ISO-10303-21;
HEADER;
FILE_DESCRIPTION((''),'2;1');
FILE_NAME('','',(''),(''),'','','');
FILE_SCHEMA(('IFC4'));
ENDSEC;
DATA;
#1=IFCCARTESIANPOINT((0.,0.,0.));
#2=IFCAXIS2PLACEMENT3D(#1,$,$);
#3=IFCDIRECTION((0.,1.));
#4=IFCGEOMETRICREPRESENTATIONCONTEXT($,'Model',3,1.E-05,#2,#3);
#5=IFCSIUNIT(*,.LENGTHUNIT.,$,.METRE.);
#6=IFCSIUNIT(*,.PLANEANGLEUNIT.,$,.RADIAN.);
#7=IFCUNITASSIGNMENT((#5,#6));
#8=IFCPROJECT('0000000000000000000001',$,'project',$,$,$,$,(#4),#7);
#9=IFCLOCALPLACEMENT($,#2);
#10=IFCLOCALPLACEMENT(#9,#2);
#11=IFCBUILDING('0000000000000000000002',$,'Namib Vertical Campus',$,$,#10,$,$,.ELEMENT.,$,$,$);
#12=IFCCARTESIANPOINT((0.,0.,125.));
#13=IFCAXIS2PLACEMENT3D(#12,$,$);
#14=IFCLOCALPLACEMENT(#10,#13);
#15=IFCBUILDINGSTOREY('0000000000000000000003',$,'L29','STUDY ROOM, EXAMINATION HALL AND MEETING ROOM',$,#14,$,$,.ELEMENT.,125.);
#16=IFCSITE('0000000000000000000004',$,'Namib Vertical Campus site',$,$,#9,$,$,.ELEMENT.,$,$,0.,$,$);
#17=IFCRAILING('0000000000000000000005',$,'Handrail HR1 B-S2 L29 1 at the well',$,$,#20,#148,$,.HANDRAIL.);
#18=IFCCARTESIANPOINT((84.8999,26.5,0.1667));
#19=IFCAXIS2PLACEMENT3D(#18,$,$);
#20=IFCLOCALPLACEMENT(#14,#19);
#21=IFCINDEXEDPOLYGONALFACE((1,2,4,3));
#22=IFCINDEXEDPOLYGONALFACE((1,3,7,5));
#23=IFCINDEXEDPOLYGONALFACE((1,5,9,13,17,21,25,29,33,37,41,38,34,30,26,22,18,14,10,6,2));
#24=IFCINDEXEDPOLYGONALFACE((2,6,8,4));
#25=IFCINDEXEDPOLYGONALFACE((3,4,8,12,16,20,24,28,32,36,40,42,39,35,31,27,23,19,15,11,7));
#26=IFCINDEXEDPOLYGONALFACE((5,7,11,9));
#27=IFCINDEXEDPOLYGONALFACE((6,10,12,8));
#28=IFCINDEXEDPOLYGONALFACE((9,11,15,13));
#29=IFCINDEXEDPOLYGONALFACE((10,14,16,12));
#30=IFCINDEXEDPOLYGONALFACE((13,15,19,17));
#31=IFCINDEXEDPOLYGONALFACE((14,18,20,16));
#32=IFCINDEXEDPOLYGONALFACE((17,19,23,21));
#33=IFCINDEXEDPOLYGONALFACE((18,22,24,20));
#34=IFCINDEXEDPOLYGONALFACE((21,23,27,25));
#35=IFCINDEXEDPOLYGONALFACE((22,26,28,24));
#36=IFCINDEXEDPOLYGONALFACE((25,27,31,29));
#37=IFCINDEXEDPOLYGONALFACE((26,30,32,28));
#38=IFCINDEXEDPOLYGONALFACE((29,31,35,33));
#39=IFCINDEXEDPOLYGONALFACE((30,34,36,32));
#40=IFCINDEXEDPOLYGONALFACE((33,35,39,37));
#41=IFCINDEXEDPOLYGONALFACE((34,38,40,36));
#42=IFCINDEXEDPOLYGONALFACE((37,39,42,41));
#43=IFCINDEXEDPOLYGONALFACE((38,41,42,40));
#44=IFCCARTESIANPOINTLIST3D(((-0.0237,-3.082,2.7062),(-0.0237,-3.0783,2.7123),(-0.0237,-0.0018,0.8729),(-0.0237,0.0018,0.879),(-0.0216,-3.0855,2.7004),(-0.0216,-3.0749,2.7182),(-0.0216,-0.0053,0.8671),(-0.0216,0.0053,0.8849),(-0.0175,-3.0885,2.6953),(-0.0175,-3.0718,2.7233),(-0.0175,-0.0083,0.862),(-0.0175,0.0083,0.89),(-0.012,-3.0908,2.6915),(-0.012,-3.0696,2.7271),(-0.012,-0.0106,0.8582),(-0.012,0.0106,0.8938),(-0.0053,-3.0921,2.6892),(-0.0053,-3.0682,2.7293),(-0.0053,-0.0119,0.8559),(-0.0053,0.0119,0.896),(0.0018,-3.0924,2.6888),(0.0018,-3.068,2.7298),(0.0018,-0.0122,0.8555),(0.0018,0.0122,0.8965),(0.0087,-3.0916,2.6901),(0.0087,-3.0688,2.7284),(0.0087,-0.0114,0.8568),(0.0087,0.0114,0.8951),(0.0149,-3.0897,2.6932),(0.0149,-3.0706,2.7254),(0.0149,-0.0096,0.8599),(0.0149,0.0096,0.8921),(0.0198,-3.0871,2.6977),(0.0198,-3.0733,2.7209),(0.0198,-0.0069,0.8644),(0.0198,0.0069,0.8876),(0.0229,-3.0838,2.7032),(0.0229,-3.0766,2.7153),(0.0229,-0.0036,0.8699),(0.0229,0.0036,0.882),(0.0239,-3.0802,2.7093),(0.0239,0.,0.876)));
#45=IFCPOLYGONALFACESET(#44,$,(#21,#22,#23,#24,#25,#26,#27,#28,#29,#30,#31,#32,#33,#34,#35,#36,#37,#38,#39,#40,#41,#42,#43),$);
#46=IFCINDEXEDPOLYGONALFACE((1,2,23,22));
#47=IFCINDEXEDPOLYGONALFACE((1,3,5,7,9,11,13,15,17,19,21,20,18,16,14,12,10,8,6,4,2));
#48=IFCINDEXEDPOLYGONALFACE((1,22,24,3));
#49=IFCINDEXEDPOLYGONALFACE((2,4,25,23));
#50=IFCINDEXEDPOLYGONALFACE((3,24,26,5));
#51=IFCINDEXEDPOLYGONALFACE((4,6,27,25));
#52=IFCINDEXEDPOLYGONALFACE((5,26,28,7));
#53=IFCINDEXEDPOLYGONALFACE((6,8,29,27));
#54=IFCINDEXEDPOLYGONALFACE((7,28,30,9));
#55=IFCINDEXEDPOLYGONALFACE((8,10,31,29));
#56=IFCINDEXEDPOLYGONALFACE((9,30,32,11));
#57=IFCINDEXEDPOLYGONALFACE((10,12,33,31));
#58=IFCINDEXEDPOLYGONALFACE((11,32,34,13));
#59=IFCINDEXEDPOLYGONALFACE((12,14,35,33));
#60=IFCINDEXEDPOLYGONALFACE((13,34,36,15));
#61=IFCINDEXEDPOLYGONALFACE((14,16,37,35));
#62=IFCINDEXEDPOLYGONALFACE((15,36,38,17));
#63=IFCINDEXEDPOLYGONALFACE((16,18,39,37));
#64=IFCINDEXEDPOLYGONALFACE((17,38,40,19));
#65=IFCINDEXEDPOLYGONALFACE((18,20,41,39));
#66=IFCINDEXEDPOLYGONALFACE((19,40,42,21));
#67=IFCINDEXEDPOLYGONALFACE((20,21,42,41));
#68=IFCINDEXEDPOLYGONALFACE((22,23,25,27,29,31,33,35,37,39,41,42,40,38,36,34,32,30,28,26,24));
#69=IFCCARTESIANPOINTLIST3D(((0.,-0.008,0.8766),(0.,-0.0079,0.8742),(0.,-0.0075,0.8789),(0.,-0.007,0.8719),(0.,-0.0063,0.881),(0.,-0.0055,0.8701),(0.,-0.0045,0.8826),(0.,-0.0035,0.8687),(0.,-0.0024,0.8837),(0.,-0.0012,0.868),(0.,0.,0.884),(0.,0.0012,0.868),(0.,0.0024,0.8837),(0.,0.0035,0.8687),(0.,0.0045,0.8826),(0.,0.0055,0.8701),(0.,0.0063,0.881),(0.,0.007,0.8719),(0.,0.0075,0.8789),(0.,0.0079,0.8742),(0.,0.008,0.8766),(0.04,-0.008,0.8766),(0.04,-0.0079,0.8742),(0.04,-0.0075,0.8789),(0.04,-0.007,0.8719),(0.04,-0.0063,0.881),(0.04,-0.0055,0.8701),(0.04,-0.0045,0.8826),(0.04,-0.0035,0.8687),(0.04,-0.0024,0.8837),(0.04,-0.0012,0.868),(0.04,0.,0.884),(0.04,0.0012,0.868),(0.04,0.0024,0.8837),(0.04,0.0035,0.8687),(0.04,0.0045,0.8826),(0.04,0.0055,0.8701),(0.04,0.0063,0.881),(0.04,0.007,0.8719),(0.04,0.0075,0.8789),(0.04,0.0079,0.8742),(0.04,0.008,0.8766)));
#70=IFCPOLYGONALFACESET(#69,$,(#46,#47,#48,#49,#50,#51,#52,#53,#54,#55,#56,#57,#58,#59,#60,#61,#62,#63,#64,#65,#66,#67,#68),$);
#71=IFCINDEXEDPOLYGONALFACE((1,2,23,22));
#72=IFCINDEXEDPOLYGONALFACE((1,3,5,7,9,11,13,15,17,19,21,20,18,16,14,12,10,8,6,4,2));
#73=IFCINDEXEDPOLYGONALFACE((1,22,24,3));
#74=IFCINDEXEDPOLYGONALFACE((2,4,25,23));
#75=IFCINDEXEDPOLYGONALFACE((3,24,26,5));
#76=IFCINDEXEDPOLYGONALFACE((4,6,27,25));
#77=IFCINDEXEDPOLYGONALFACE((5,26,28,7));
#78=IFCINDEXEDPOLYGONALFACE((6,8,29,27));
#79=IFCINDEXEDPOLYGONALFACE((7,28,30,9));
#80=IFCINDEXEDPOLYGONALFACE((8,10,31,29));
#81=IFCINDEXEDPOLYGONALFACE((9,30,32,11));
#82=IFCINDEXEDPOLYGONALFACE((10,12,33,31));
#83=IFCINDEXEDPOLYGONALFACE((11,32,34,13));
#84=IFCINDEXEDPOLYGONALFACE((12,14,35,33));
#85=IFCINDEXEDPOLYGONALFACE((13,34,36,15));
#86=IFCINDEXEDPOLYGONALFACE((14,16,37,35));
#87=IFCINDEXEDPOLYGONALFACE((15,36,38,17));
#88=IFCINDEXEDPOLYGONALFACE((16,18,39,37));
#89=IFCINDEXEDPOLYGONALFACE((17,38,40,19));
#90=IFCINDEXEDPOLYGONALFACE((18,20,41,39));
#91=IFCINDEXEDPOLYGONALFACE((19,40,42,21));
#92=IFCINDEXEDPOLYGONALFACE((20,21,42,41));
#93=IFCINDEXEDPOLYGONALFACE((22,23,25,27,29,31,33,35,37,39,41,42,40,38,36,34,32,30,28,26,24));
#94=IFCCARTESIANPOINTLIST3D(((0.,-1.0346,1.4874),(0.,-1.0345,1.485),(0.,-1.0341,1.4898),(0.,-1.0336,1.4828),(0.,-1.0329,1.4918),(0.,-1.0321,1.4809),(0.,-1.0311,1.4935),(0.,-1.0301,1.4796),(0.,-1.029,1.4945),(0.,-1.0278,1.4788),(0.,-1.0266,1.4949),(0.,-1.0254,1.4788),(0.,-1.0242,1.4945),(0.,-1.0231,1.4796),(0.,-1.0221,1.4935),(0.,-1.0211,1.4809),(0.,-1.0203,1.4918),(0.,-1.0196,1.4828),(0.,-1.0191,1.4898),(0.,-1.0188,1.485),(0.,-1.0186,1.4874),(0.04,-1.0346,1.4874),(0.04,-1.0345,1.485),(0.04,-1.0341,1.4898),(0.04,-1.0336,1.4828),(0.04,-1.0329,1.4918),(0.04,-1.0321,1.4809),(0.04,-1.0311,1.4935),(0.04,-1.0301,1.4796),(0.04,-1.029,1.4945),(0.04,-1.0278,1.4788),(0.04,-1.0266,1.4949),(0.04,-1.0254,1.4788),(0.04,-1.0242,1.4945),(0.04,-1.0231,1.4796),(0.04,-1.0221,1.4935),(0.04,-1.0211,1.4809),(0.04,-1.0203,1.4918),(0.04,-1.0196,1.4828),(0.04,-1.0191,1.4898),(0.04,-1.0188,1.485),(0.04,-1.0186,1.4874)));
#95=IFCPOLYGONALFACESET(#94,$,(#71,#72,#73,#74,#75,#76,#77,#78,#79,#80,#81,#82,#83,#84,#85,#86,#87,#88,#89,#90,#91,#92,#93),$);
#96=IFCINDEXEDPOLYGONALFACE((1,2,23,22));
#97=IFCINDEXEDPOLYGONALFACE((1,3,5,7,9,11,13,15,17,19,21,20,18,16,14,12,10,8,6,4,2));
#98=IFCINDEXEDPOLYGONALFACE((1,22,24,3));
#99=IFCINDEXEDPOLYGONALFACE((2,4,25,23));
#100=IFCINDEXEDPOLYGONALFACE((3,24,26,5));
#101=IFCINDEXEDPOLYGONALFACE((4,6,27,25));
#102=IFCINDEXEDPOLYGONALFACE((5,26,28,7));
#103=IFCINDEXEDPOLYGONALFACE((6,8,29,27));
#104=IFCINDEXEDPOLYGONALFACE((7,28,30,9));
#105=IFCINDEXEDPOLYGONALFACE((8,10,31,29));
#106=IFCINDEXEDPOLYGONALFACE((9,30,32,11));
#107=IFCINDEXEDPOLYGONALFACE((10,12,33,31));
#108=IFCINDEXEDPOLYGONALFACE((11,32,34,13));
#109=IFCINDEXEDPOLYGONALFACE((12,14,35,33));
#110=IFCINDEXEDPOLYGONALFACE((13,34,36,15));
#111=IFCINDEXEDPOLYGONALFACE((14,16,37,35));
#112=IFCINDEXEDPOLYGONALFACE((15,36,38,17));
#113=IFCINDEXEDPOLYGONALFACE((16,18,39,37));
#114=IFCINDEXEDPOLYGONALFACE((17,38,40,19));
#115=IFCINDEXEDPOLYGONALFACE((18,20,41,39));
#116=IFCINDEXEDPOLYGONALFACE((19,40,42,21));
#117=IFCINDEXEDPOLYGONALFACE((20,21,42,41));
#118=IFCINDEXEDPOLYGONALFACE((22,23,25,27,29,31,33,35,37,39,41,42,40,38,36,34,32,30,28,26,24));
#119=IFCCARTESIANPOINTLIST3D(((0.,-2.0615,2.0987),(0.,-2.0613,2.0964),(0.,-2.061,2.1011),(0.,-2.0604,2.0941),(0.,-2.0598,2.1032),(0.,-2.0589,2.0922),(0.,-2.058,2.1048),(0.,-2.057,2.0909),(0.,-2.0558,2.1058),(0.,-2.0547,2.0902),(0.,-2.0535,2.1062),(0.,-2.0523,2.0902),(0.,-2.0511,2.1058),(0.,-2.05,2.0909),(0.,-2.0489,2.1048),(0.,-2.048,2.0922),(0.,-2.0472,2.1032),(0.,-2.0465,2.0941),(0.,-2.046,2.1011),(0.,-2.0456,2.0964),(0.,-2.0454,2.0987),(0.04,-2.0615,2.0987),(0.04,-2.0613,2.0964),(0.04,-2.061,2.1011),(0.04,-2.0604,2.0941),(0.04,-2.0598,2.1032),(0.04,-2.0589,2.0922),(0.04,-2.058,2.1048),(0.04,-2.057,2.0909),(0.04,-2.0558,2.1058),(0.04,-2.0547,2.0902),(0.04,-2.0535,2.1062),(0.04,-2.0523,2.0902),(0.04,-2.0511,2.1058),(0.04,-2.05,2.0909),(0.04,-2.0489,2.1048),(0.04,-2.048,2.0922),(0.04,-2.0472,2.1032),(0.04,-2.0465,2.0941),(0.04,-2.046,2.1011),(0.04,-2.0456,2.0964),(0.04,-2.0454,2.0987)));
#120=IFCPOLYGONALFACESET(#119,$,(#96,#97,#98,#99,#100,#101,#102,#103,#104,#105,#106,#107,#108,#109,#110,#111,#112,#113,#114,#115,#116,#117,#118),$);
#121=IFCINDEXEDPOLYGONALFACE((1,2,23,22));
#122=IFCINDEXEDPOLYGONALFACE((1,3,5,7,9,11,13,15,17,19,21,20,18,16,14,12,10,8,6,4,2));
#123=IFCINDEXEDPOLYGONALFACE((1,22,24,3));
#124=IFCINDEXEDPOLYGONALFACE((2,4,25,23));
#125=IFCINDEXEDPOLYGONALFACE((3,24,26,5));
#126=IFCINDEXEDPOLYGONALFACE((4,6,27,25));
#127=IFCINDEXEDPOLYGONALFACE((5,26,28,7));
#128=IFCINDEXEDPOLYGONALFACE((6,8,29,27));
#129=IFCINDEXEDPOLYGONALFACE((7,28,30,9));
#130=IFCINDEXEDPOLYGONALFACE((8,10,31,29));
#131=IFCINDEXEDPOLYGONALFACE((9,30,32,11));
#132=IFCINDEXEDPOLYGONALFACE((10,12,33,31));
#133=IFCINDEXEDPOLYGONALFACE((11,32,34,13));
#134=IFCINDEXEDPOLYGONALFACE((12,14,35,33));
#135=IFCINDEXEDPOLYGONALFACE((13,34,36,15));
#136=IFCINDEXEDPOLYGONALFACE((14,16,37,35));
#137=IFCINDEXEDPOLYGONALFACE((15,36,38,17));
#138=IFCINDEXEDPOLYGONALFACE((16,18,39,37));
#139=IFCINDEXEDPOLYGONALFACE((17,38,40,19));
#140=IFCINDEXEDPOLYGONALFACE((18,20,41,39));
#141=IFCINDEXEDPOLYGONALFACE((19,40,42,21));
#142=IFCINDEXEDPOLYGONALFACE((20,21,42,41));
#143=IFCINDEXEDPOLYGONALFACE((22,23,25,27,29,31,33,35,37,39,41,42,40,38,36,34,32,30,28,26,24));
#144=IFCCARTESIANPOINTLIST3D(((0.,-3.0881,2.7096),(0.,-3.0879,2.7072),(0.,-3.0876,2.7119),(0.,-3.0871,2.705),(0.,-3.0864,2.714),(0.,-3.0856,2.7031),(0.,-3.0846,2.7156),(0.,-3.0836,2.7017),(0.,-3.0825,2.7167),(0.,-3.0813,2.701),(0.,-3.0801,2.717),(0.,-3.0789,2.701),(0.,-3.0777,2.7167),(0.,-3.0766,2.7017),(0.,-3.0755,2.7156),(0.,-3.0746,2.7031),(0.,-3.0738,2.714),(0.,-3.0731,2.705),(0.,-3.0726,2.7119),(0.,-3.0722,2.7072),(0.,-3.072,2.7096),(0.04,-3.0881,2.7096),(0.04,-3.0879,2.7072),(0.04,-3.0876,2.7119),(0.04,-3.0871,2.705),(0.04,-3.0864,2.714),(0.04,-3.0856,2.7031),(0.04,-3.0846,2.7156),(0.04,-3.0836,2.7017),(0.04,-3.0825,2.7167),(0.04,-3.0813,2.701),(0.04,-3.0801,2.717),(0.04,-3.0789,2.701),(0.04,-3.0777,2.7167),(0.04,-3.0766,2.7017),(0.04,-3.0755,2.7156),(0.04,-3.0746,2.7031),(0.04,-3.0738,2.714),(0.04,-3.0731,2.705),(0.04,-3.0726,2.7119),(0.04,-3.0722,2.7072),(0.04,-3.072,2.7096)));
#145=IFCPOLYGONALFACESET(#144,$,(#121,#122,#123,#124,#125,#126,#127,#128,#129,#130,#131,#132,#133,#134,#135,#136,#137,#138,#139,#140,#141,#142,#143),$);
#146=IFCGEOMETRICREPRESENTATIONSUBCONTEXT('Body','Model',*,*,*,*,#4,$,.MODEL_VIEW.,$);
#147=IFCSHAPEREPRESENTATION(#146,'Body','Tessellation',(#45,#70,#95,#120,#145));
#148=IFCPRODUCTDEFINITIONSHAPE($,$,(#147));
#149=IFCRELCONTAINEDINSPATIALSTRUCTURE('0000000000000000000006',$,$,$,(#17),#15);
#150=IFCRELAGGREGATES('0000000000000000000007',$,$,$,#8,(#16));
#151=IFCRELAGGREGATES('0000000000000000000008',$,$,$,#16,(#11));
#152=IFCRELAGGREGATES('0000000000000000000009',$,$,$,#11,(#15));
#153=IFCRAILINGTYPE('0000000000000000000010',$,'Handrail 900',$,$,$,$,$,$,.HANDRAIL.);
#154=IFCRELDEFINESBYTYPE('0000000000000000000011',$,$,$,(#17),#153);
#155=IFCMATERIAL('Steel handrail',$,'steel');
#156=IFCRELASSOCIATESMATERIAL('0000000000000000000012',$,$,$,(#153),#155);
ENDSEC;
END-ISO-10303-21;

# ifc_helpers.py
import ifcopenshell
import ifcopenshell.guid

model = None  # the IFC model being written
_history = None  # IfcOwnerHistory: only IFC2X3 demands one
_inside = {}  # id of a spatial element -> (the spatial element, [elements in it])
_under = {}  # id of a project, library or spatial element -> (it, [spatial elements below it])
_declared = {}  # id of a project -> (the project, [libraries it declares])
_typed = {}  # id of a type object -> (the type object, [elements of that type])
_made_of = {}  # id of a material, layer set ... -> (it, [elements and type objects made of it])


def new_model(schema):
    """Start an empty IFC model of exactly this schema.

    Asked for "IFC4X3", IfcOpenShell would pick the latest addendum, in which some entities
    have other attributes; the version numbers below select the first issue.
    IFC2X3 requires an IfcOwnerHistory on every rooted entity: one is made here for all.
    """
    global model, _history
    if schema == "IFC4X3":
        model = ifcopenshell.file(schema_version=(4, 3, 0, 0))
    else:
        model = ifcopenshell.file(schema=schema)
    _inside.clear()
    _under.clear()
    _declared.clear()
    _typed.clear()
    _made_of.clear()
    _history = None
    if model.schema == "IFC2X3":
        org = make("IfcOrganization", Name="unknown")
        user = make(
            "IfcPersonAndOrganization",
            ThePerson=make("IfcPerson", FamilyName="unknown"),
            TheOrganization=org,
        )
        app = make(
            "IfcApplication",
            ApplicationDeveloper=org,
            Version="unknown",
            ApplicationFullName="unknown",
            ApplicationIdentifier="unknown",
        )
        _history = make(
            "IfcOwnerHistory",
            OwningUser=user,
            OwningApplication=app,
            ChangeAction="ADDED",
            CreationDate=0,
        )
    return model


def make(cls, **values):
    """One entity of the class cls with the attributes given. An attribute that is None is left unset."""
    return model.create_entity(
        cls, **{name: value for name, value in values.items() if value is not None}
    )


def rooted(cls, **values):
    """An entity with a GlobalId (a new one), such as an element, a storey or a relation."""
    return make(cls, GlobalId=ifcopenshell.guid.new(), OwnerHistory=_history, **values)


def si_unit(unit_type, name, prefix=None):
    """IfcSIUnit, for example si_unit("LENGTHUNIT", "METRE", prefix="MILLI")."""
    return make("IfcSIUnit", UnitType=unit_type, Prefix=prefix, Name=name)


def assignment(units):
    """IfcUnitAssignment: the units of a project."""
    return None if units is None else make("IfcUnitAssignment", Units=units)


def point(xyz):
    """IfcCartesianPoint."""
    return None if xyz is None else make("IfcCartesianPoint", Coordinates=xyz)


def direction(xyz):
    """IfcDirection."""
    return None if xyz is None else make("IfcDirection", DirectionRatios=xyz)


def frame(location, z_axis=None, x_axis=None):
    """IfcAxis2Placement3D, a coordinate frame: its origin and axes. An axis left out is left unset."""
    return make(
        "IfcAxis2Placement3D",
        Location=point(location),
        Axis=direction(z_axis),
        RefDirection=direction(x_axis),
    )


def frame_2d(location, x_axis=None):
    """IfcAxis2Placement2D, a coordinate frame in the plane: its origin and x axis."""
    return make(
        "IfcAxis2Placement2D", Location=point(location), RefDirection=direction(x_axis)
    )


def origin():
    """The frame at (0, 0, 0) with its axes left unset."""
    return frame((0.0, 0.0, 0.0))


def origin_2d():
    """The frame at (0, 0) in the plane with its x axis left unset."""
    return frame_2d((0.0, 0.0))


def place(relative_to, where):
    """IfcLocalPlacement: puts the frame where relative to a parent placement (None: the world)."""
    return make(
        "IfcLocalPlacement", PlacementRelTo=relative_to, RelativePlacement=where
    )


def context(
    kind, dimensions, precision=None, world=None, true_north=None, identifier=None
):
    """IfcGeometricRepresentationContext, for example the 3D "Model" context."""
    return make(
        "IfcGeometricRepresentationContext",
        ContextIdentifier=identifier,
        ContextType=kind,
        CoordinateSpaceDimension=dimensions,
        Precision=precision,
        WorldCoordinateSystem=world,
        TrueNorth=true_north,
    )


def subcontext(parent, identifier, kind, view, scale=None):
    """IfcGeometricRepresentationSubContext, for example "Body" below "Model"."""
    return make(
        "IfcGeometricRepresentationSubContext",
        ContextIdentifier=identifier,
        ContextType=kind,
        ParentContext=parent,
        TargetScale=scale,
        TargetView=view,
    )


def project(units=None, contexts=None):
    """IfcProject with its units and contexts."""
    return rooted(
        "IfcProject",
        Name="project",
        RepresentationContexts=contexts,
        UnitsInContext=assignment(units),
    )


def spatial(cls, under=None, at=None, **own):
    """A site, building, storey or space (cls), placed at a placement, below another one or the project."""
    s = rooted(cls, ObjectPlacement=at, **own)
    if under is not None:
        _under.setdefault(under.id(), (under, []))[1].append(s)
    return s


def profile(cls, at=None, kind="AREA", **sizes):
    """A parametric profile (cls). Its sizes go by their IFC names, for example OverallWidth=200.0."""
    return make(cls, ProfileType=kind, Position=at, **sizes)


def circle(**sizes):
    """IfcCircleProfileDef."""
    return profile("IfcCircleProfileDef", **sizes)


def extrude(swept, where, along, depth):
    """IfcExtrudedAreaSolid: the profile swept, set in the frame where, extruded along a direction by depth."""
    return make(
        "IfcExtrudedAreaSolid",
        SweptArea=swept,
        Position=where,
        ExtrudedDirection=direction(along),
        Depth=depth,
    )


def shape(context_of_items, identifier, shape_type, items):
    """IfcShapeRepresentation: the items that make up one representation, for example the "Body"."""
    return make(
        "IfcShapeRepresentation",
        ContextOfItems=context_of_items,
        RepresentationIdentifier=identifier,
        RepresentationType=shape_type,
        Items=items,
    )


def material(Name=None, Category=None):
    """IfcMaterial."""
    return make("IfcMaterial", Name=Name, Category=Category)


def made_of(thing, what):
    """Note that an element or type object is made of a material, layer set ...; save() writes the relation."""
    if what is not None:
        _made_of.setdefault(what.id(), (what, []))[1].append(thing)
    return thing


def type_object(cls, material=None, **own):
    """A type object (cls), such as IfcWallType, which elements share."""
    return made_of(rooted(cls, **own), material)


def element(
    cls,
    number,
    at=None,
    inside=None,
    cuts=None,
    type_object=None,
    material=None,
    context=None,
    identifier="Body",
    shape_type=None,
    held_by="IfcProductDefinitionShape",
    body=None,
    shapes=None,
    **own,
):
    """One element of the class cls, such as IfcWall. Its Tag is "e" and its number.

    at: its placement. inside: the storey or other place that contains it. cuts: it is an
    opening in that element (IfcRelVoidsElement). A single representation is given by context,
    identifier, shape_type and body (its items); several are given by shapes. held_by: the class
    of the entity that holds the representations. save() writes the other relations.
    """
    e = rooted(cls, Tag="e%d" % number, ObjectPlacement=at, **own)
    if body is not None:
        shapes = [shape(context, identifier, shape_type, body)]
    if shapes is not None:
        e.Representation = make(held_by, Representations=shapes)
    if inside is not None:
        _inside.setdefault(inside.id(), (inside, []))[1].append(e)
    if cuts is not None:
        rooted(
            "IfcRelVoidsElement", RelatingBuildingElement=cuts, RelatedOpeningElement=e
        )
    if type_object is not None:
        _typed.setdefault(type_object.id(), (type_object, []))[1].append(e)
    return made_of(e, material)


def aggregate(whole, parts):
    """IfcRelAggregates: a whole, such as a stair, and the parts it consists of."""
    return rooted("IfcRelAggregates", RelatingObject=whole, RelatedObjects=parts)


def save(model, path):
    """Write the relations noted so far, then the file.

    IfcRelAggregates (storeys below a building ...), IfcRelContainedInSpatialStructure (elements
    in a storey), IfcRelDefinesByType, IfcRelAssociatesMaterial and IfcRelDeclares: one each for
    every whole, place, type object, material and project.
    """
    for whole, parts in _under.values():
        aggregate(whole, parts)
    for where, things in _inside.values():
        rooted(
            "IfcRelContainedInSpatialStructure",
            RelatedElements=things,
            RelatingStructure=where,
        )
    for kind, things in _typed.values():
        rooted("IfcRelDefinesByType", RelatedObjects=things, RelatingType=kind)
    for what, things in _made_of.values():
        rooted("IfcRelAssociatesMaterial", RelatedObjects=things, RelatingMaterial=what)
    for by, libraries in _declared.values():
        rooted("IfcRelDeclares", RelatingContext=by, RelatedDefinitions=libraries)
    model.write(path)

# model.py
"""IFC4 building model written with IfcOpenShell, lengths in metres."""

from ifc_helpers import new_model, si_unit, direction, frame, origin, origin_2d, place, context, subcontext, project, spatial, circle, extrude, material, type_object, element, save


model = new_model("IFC4")

# Units and contexts
model_context = context("Model", 3, precision=1e-05, world=origin(), true_north=direction((0.0, 1.0)))
body_context = subcontext(model_context, "Body", "Model", "MODEL_VIEW")
ifc_project = project(units=[si_unit("LENGTHUNIT", "METRE"), si_unit("PLANEANGLEUNIT", "RADIAN")], contexts=[model_context])

# Site, building, storey
site_placement = place(None, origin())
site = spatial("IfcSite", under=ifc_project, at=site_placement, Name="Namib Vertical Campus site", CompositionType="ELEMENT", RefElevation=0.0)
building_placement = place(site_placement, origin())
building = spatial("IfcBuilding", under=site, at=building_placement, Name="Namib Vertical Campus", CompositionType="ELEMENT")
storey_placement = place(building_placement, frame((0.0, 0.0, 125.0)))
storey = spatial("IfcBuildingStorey", under=building, at=storey_placement, Name="L29", Description="STUDY ROOM, EXAMINATION HALL AND MEETING ROOM", CompositionType="ELEMENT", Elevation=125.0)

# Railing
ifc_material_1 = material(Name="Steel handrail", Category="steel")
railing_type_1 = type_object("IfcRailingType", Name="Handrail 900", PredefinedType="HANDRAIL", material=ifc_material_1)
railing_1_placement = place(storey_placement, frame((84.8999, 26.5, 0.1667)))
element("IfcRailing", 1, at=railing_1_placement, inside=storey, type_object=railing_type_1, Name="Handrail HR1 B-S2 L29 1 at the well", PredefinedType="HANDRAIL", context=body_context, shape_type="SweptSolid", body=[
    extrude(circle(Radius=0.0239, at=origin_2d()), frame((0.0, 0.0, 0.876), z_axis=(0.0, -0.859309, 0.511458), x_axis=(1.0, 0.0, 0.0)), (0.0, 0.0, 1.0), 3.5845),
    extrude(circle(Radius=0.0081, at=origin_2d()), frame((0.0, 0.0, 0.876), z_axis=(1.0, 0.0, 0.0), x_axis=(0.0, 0.0, 1.0)), (0.0, 0.0, 1.0), 0.04),
    extrude(circle(Radius=0.0081, at=origin_2d()), frame((0.0, -1.0266, 1.4868), z_axis=(1.0, 0.0, 0.0), x_axis=(0.0, 0.0, 1.0)), (0.0, 0.0, 1.0), 0.04),
    extrude(circle(Radius=0.0081, at=origin_2d()), frame((0.0, -2.0535, 2.0981), z_axis=(1.0, 0.0, 0.0), x_axis=(0.0, 0.0, 1.0)), (0.0, 0.0, 1.0), 0.04),
    extrude(circle(Radius=0.0081, at=origin_2d()), frame((0.0, -3.0801, 2.709), z_axis=(1.0, 0.0, 0.0), x_axis=(0.0, 0.0, 1.0)), (0.0, 0.0, 1.0), 0.04),
])

save(model, "model.ifc")
